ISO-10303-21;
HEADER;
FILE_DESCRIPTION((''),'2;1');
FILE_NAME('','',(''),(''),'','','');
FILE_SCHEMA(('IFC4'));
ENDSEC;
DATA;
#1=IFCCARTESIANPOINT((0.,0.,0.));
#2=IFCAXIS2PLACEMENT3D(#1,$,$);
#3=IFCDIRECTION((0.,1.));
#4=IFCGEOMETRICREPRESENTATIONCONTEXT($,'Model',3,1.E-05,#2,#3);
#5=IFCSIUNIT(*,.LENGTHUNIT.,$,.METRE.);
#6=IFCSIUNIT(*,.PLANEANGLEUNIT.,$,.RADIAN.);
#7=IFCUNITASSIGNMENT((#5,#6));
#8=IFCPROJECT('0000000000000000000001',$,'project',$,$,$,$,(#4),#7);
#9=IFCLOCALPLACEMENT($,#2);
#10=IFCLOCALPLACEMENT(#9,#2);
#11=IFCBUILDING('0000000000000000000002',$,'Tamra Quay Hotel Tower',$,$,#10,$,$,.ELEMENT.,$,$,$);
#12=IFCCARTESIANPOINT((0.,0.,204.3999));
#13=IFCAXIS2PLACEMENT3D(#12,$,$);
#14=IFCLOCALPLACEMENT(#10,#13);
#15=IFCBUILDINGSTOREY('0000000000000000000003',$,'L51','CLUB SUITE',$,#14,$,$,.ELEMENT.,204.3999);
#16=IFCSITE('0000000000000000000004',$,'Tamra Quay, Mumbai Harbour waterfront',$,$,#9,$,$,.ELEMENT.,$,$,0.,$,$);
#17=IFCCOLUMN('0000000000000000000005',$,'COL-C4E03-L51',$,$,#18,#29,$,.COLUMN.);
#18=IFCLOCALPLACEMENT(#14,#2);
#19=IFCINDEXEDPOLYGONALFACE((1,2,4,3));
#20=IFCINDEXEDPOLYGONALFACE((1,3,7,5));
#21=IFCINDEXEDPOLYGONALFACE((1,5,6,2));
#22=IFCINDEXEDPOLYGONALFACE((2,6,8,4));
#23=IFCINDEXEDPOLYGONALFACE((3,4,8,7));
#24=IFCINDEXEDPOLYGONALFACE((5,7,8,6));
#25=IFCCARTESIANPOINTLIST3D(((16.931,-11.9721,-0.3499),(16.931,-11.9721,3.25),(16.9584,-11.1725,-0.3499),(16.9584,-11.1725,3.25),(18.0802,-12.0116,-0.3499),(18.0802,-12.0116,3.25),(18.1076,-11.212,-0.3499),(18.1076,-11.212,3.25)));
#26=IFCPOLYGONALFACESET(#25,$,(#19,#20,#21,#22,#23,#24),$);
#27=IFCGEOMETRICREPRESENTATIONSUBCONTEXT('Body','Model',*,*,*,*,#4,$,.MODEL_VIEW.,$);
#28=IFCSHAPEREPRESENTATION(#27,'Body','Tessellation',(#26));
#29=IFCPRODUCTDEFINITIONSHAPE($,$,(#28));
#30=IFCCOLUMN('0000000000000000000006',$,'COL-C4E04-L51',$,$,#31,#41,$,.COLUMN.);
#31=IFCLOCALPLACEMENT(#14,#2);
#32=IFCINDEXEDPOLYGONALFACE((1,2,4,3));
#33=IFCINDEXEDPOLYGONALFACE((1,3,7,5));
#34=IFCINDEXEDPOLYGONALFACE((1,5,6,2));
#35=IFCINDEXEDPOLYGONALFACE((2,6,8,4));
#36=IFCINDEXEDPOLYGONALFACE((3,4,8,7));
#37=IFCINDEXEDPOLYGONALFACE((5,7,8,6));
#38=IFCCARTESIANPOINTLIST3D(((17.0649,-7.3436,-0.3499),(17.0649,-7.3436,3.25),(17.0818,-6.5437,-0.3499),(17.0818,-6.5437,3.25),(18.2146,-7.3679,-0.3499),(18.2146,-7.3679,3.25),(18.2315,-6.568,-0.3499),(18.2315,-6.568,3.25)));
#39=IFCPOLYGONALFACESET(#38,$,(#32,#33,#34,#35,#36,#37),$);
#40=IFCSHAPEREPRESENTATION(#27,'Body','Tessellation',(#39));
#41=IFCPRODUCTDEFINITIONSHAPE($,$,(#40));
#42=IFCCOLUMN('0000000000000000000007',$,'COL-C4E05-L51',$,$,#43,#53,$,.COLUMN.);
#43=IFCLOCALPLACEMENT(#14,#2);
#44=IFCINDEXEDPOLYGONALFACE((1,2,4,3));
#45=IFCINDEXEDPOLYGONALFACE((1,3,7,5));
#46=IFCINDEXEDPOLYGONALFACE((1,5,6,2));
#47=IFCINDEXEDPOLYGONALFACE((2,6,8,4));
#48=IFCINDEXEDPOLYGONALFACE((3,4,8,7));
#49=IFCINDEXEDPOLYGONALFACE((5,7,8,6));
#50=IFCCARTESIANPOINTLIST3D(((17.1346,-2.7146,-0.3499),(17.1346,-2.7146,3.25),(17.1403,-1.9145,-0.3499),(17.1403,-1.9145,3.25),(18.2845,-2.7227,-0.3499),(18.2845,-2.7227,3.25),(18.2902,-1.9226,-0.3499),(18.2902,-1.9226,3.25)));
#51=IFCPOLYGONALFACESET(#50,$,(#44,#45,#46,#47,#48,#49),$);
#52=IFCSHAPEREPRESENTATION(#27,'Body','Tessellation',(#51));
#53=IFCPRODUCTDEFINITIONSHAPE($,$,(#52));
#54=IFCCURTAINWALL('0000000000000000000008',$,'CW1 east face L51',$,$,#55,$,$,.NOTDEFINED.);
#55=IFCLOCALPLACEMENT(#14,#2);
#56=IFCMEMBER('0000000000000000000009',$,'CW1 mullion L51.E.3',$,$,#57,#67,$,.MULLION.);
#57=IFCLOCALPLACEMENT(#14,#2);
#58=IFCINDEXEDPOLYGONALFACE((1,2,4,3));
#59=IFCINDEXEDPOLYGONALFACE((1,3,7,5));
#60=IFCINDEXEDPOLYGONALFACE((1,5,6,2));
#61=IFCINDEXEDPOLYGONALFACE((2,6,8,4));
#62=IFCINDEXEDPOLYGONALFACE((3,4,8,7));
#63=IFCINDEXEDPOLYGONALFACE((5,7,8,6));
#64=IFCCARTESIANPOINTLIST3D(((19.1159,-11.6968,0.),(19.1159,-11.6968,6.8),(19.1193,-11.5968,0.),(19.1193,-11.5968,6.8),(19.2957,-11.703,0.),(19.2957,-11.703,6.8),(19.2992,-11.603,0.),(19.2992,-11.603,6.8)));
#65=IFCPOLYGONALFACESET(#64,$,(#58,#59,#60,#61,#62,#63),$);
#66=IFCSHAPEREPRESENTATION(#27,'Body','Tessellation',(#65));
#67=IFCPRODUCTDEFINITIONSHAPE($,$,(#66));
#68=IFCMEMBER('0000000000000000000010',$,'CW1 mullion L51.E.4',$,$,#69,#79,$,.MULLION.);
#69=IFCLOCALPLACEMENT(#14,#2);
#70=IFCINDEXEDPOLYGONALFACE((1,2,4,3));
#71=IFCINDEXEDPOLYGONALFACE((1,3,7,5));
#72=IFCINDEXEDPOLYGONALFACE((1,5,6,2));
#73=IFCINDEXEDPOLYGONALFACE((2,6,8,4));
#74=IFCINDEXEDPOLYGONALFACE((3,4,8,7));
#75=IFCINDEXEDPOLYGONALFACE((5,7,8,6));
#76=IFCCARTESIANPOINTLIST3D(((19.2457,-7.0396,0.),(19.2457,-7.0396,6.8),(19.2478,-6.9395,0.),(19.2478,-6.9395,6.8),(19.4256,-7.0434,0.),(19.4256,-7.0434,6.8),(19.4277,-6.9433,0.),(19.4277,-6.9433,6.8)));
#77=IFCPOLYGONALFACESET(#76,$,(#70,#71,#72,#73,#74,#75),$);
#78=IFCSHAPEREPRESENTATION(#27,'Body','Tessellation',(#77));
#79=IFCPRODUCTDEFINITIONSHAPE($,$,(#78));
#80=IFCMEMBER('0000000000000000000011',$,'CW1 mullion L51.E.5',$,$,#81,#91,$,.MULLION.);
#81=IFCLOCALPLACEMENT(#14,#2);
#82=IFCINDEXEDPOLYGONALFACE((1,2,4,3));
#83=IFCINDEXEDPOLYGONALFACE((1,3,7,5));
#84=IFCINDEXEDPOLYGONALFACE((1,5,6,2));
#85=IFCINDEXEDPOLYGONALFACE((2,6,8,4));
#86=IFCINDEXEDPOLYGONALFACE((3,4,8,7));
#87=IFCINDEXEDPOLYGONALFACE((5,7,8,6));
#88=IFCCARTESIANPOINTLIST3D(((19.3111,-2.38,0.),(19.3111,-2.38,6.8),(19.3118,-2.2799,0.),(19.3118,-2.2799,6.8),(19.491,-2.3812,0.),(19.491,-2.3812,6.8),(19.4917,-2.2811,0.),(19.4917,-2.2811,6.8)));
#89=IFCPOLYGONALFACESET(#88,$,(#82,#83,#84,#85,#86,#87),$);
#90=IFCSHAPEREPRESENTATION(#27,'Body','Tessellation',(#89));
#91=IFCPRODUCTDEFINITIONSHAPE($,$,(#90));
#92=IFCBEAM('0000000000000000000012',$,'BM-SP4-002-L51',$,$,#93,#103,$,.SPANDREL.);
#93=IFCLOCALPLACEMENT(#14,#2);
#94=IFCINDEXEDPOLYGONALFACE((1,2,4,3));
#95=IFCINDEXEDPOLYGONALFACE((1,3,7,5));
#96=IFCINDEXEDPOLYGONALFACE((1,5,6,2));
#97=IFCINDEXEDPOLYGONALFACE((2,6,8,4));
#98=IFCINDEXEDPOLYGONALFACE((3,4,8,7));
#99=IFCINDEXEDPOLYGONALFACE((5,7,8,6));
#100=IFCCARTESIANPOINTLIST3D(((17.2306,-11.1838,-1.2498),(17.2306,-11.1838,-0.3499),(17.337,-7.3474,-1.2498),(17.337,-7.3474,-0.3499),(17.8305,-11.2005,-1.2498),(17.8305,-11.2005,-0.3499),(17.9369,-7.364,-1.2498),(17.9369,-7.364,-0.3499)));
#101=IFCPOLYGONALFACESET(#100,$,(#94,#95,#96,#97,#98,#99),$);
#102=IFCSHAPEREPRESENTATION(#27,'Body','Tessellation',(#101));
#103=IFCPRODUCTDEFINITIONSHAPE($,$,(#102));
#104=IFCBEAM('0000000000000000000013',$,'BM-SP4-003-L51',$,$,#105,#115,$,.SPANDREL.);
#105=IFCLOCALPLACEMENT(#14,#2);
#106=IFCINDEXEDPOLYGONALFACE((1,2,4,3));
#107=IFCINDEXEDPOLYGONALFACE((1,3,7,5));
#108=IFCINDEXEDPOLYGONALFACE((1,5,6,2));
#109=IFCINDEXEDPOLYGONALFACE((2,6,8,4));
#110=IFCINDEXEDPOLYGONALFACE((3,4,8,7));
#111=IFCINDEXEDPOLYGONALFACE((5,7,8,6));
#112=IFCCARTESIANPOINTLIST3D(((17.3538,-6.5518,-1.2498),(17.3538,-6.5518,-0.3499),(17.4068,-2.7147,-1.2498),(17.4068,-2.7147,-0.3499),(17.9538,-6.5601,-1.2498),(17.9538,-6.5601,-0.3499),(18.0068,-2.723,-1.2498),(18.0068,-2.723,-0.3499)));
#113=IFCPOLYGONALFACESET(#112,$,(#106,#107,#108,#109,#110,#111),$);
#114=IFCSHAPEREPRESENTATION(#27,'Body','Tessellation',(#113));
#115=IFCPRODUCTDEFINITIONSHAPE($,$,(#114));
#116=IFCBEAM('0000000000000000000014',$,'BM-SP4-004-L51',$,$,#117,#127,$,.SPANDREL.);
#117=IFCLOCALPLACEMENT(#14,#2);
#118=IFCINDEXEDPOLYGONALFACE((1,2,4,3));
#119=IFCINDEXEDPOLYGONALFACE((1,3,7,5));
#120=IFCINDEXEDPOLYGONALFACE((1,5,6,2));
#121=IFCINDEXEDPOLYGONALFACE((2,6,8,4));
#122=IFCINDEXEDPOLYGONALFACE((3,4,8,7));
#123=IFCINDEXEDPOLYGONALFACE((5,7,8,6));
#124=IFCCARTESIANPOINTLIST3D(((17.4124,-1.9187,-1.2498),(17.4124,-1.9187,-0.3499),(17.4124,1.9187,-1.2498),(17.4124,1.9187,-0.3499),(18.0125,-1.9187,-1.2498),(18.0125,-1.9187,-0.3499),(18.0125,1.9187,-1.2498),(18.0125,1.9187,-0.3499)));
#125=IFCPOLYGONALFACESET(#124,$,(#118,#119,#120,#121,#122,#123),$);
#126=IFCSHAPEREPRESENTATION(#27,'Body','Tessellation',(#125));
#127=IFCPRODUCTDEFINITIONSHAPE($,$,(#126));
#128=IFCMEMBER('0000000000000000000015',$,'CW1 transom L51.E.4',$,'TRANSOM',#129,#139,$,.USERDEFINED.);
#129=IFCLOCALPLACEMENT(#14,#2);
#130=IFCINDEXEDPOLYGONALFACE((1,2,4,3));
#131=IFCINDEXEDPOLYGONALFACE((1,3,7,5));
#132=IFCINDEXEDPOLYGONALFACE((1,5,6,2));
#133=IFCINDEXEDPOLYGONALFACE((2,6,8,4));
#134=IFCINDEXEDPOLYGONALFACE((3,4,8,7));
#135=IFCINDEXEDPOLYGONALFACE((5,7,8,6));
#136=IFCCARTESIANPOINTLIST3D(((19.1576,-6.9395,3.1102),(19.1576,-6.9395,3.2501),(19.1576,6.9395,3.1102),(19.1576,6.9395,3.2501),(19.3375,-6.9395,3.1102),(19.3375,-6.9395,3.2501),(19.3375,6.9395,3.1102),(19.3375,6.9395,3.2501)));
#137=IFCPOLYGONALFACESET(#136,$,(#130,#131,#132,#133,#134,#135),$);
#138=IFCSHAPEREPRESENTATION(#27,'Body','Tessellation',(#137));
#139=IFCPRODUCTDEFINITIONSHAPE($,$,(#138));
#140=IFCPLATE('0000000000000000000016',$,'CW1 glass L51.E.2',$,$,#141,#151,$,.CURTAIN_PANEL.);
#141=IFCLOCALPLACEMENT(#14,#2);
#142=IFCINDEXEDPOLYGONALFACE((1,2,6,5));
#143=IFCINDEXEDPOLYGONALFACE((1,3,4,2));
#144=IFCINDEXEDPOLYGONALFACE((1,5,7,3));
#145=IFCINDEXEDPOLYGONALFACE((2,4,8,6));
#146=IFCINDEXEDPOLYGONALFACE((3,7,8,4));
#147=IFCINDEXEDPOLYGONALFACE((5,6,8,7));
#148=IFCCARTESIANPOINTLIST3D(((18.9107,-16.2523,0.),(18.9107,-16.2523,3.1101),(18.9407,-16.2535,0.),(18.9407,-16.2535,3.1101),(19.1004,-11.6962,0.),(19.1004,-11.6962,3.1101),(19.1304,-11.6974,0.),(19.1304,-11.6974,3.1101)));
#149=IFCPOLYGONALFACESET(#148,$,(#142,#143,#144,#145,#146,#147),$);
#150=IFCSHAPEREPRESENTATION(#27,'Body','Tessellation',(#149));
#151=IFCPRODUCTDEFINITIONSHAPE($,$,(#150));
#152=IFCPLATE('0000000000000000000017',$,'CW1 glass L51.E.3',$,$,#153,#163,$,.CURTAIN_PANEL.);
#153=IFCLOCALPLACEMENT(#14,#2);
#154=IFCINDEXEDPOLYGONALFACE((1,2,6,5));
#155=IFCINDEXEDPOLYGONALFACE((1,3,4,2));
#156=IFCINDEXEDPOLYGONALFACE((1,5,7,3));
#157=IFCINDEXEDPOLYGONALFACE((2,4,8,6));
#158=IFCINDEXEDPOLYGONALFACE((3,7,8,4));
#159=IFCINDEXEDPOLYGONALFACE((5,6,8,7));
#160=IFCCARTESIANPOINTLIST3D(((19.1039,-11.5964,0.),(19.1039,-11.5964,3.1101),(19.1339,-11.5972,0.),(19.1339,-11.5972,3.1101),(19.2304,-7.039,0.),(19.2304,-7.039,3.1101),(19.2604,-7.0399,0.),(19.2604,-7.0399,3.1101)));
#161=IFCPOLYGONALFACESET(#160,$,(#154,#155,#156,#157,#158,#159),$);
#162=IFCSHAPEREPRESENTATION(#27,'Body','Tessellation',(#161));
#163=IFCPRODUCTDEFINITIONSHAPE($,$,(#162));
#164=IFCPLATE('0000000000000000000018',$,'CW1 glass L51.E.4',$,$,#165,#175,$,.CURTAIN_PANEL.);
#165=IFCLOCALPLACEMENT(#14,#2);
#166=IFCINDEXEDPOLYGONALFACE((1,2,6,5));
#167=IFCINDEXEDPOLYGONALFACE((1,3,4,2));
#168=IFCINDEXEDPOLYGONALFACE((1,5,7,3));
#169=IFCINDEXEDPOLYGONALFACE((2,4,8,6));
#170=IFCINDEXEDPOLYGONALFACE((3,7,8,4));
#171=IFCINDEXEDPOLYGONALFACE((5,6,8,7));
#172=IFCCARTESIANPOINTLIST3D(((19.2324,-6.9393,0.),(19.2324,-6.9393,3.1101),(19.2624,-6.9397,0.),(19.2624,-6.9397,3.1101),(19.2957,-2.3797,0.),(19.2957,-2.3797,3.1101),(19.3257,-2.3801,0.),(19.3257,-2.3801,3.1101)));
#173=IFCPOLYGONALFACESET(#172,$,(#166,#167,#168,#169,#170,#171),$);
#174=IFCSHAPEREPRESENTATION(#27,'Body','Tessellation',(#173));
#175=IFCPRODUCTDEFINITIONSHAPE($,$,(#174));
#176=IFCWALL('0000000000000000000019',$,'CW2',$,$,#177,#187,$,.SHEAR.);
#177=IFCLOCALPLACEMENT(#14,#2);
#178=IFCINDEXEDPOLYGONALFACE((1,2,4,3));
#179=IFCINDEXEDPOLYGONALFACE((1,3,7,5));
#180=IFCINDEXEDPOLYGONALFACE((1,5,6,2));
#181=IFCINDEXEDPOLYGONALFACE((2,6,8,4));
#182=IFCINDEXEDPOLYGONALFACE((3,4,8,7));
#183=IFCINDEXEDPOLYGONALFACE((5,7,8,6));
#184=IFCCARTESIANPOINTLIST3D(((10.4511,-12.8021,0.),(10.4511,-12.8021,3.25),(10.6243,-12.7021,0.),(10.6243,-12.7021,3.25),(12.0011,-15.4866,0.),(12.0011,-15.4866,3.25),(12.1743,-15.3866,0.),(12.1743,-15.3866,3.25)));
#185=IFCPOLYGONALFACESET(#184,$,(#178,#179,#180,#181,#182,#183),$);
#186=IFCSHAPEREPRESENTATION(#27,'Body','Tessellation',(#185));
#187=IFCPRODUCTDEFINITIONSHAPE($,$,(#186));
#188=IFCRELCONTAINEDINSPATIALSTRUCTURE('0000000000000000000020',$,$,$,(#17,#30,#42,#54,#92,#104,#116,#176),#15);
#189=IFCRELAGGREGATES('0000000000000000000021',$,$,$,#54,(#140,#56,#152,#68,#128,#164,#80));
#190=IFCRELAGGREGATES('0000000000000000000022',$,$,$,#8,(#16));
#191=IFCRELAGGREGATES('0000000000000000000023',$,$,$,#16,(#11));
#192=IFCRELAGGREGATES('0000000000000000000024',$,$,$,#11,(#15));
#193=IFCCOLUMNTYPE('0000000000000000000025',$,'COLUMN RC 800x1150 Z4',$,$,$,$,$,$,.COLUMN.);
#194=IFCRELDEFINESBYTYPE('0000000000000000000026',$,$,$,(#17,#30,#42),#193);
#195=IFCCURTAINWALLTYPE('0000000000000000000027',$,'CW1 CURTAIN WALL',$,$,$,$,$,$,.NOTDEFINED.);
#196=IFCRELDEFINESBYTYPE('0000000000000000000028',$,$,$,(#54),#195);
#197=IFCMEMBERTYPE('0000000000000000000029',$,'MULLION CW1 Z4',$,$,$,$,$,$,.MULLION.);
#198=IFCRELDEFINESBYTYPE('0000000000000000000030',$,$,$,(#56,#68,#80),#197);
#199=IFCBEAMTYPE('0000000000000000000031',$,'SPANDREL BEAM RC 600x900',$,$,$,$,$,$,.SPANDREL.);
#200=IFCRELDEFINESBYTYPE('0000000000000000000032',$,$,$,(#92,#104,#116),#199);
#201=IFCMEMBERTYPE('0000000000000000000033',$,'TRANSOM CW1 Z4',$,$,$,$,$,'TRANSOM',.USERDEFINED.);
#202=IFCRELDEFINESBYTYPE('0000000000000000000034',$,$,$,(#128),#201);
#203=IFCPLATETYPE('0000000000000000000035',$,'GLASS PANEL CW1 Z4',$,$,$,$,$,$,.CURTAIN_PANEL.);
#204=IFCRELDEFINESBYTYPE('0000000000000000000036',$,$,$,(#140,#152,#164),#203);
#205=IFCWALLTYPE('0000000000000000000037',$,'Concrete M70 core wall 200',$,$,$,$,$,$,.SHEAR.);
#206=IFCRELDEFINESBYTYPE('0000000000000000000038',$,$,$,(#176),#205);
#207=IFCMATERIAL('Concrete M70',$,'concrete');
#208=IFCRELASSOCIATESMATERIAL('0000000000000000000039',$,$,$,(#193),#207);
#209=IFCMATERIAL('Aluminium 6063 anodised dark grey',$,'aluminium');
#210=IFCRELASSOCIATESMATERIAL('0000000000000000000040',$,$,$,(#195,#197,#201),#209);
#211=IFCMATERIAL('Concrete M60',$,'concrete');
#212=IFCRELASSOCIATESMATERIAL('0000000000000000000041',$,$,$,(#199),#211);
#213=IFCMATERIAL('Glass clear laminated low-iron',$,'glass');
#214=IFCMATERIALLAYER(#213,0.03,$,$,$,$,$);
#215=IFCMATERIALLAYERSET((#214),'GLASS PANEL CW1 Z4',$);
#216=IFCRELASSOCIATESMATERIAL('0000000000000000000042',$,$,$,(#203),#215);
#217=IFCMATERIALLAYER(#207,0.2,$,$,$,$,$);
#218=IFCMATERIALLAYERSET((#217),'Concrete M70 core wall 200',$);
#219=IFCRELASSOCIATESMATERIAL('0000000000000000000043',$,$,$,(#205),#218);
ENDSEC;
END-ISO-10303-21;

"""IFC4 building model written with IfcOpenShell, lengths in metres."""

from ifc_helpers import new_model, si_unit, direction, frame, frame_2d, origin, origin_2d, place, context, subcontext, project, spatial, rectangle, extrude, material, layer, layer_set, material_profile, profile_set, type_object, element, aggregate, save


model = new_model("IFC4")

# Units and contexts
model_context = context("Model", 3, precision=1e-05, world=origin(), true_north=direction((0.0, 1.0)))
body_context = subcontext(model_context, "Body", "Model", "MODEL_VIEW")
ifc_project = project(units=[si_unit("LENGTHUNIT", "METRE"), si_unit("PLANEANGLEUNIT", "RADIAN")], contexts=[model_context])

# Site, building, storey
site_placement = place(None, origin())
site = spatial("IfcSite", under=ifc_project, at=site_placement, Name="Tamra Quay, Mumbai Harbour waterfront", CompositionType="ELEMENT", RefElevation=0.0)
building_placement = place(site_placement, origin())
building = spatial("IfcBuilding", under=site, at=building_placement, Name="Tamra Quay Hotel Tower", CompositionType="ELEMENT")
storey_placement = place(building_placement, frame((0.0, 0.0, 204.3999)))
storey = spatial("IfcBuildingStorey", under=building, at=storey_placement, Name="L51", Description="CLUB SUITE", CompositionType="ELEMENT", Elevation=204.3999)

# Columns
ifc_material_1 = material(Name="Concrete M70", Category="concrete")
ifc_material_profile_1 = material_profile(ifc_material_1, rectangle(XDim=1.1499, YDim=0.8, at=origin_2d()), Name="COLUMN RC 800x1150 Z4")
ifc_profile_set_1 = profile_set([ifc_material_profile_1], Name="Concrete M70")
column_type = type_object("IfcColumnType", Name="COLUMN RC 800x1150 Z4", PredefinedType="COLUMN", material=ifc_profile_set_1)
for number, where, z_axis, x_axis, name in (
    (1, (17.5193, -11.592, -0.3499), (0.0, 0.0, 1.0), (-0.999412, 0.034299, 0.0), "COL-C4E03-L51"),
    (2, (17.6482, -6.9558, -0.3499), (0.0, 0.0, 1.0), (-0.999777, 0.021115, 0.0), "COL-C4E04-L51"),
    (3, (17.7124, -2.3186, -0.3499), (0.0, 0.0, 1.0), (-0.999975, 0.007041, 0.0), "COL-C4E05-L51"),
):
    element("IfcColumn", number, at=place(storey_placement, frame(where, z_axis=z_axis, x_axis=x_axis)), inside=storey, type_object=column_type, Name=name, PredefinedType="COLUMN", context=body_context, shape_type="SweptSolid", body=[
        extrude(rectangle(XDim=1.1499, YDim=0.8, at=origin_2d()), origin(), (0.0, 0.0, 1.0), 3.5999),
    ])

# Curtain wall, members
ifc_material_2 = material(Name="Aluminium 6063 anodised dark grey", Category="aluminium")
curtain_wall_type = type_object("IfcCurtainWallType", Name="CW1 CURTAIN WALL", PredefinedType="NOTDEFINED", material=ifc_material_2)
curtain_wall_placement = place(storey_placement, origin())
curtain_wall = element("IfcCurtainWall", 4, at=curtain_wall_placement, inside=storey, type_object=curtain_wall_type, Name="CW1 east face L51", PredefinedType="NOTDEFINED")
ifc_material_profile_2 = material_profile(ifc_material_2, rectangle(XDim=0.1799, YDim=0.1001, at=origin_2d()), Name="MULLION 100X180")
ifc_profile_set_2 = profile_set([ifc_material_profile_2], Name="Aluminium 6063 anodised dark grey")
member_type_1 = type_object("IfcMemberType", Name="MULLION CW1 Z4", PredefinedType="MULLION", material=ifc_profile_set_2)
member_1_placement = place(storey_placement, frame((19.2075, -11.6499, 0.0), z_axis=(0.0, 0.0, 1.0), x_axis=(0.999399, -0.034678, 0.0)))
member_1 = element("IfcMember", 5, at=member_1_placement, type_object=member_type_1, Name="CW1 mullion L51.E.3", PredefinedType="MULLION", context=body_context, shape_type="SweptSolid", body=[
    extrude(rectangle(XDim=0.1799, YDim=0.1001, at=origin_2d()), origin(), (0.0, 0.0, 1.0), 6.8),
])
member_2_placement = place(storey_placement, frame((19.3367, -6.9915, 0.0), z_axis=(0.0, 0.0, 1.0), x_axis=(0.999783, -0.02082, 0.0)))
member_2 = element("IfcMember", 6, at=member_2_placement, type_object=member_type_1, Name="CW1 mullion L51.E.4", PredefinedType="MULLION", context=body_context, shape_type="SweptSolid", body=[
    extrude(rectangle(XDim=0.1799, YDim=0.1001, at=origin_2d()), origin(), (0.0, 0.0, 1.0), 6.8),
])
member_3_placement = place(storey_placement, frame((19.4014, -2.3306, 0.0), z_axis=(0.0, 0.0, 1.0), x_axis=(0.999976, -0.006943, 0.0)))
member_3 = element("IfcMember", 7, at=member_3_placement, type_object=member_type_1, Name="CW1 mullion L51.E.5", PredefinedType="MULLION", context=body_context, shape_type="SweptSolid", body=[
    extrude(rectangle(XDim=0.1799, YDim=0.1001, at=origin_2d()), origin(), (0.0, 0.0, 1.0), 6.8),
])

# Beams
ifc_material_3 = material(Name="Concrete M60", Category="concrete")
ifc_material_profile_3 = material_profile(ifc_material_3, rectangle(XDim=0.6001, YDim=0.8999, at=origin_2d()), Name="SPANDREL BEAM RC 600x900")
ifc_profile_set_3 = profile_set([ifc_material_profile_3], Name="Concrete M60")
beam_type = type_object("IfcBeamType", Name="SPANDREL BEAM RC 600x900", PredefinedType="SPANDREL", material=ifc_profile_set_3)
beam_placement = place(storey_placement, frame((17.5305, -11.1921, -0.7998), z_axis=(0.027735, 0.999615, 0.0), x_axis=(-0.999615, 0.027735, 0.0)))
element("IfcBeam", 8, at=beam_placement, inside=storey, type_object=beam_type, Name="BM-SP4-002-L51", PredefinedType="SPANDREL", context=body_context, shape_type="SweptSolid", body=[
    extrude(rectangle(XDim=0.6001, YDim=0.8999, at=origin_2d()), origin(), (0.0, 0.0, 1.0), 3.8379),
])
for number, where, z_axis, x_axis, name in (
    (9, (17.6538, -6.5559, -0.7998), (0.013805, 0.999905, 0.0), (-0.999905, 0.013805, 0.0), "BM-SP4-003-L51"),
    (10, (17.7124, -1.9187, -0.7998), (0.0, 1.0, 0.0), (-1.0, 0.0, 0.0), "BM-SP4-004-L51"),
):
    element("IfcBeam", number, at=place(storey_placement, frame(where, z_axis=z_axis, x_axis=x_axis)), inside=storey, type_object=beam_type, Name=name, PredefinedType="SPANDREL", context=body_context, shape_type="SweptSolid", body=[
        extrude(rectangle(XDim=0.6001, YDim=0.8999, at=origin_2d()), origin(), (0.0, 0.0, 1.0), 3.8374),
    ])

# Member
ifc_material_profile_4 = material_profile(ifc_material_2, rectangle(XDim=0.1799, YDim=0.1399, at=origin_2d()), Name="TRANSOM 180X140")
ifc_profile_set_4 = profile_set([ifc_material_profile_4], Name="Aluminium 6063 anodised dark grey")
member_type_2 = type_object("IfcMemberType", Name="TRANSOM CW1 Z4", ElementType="TRANSOM", PredefinedType="USERDEFINED", material=ifc_profile_set_4)
member_4_placement = place(storey_placement, frame((19.2476, -6.9395, 3.1802), z_axis=(0.0, 1.0, 0.0), x_axis=(-1.0, 0.0, 0.0)))
member_4 = element("IfcMember", 11, at=member_4_placement, type_object=member_type_2, Name="CW1 transom L51.E.4", ObjectType="TRANSOM", PredefinedType="USERDEFINED", context=body_context, shape_type="SweptSolid", body=[
    extrude(rectangle(XDim=0.1799, YDim=0.1399, at=origin_2d()), origin(), (0.0, 0.0, 1.0), 13.8789),
])

# Plates
ifc_material_4 = material(Name="Glass clear laminated low-iron", Category="glass")
ifc_layer_1 = layer(ifc_material_4, 0.03)
ifc_layer_set_1 = layer_set([ifc_layer_1], Name="GLASS PANEL CW1 Z4")
plate_type = type_object("IfcPlateType", Name="GLASS PANEL CW1 Z4", PredefinedType="CURTAIN_PANEL", material=ifc_layer_set_1)
plate_1_placement = place(storey_placement, frame((19.0205, -13.9749, 0.0), z_axis=(0.0, 0.0, 1.0), x_axis=(0.0416, 0.999134, 0.0)))
plate_1 = element("IfcPlate", 12, at=plate_1_placement, type_object=plate_type, Name="CW1 glass L51.E.2", PredefinedType="CURTAIN_PANEL", context=body_context, shape_type="SweptSolid", body=[
    extrude(rectangle(XDim=4.5601, YDim=0.03, at=origin_2d()), origin(), (0.0, 0.0, 1.0), 3.1101),
])
plate_2_placement = place(storey_placement, frame((19.1821, -9.3181, 0.0), z_axis=(0.0, 0.0, 1.0), x_axis=(0.027754, 0.999615, 0.0)))
plate_2 = element("IfcPlate", 13, at=plate_2_placement, type_object=plate_type, Name="CW1 glass L51.E.3", PredefinedType="CURTAIN_PANEL", context=body_context, shape_type="SweptSolid", body=[
    extrude(rectangle(XDim=4.5591, YDim=0.03, at=origin_2d()), origin(), (0.0, 0.0, 1.0), 3.1101),
])
plate_3_placement = place(storey_placement, frame((19.2791, -4.6597, 0.0), z_axis=(0.0, 0.0, 1.0), x_axis=(0.013886, 0.999904, 0.0)))
plate_3 = element("IfcPlate", 14, at=plate_3_placement, type_object=plate_type, Name="CW1 glass L51.E.4", PredefinedType="CURTAIN_PANEL", context=body_context, shape_type="SweptSolid", body=[
    extrude(rectangle(XDim=4.5601, YDim=0.03, at=origin_2d()), origin(), (0.0, 0.0, 1.0), 3.1101),
])
aggregate(curtain_wall, [plate_1, member_1, plate_2, member_2, member_4, plate_3, member_3])

# Wall
ifc_layer_2 = layer(ifc_material_1, 0.2)
ifc_layer_set_2 = layer_set([ifc_layer_2], Name="Concrete M70 core wall 200")
wall_type_1 = type_object("IfcWallType", Name="Concrete M70 core wall 200", PredefinedType="SHEAR", material=ifc_layer_set_2)
wall_1_placement = place(storey_placement, frame((12.0876, -15.4365, 0.0), z_axis=(0.0, 0.0, 1.0), x_axis=(-0.500027, 0.86601, 0.0)))
element("IfcWall", 15, at=wall_1_placement, inside=storey, type_object=wall_type_1, Name="CW2", PredefinedType="SHEAR", context=body_context, shape_type="SweptSolid", body=[
    extrude(rectangle(XDim=3.0999, YDim=0.2, at=frame_2d((1.5498, 0.0))), origin(), (0.0, 0.0, 1.0), 3.25),
])

save(model, "model.ifc")
